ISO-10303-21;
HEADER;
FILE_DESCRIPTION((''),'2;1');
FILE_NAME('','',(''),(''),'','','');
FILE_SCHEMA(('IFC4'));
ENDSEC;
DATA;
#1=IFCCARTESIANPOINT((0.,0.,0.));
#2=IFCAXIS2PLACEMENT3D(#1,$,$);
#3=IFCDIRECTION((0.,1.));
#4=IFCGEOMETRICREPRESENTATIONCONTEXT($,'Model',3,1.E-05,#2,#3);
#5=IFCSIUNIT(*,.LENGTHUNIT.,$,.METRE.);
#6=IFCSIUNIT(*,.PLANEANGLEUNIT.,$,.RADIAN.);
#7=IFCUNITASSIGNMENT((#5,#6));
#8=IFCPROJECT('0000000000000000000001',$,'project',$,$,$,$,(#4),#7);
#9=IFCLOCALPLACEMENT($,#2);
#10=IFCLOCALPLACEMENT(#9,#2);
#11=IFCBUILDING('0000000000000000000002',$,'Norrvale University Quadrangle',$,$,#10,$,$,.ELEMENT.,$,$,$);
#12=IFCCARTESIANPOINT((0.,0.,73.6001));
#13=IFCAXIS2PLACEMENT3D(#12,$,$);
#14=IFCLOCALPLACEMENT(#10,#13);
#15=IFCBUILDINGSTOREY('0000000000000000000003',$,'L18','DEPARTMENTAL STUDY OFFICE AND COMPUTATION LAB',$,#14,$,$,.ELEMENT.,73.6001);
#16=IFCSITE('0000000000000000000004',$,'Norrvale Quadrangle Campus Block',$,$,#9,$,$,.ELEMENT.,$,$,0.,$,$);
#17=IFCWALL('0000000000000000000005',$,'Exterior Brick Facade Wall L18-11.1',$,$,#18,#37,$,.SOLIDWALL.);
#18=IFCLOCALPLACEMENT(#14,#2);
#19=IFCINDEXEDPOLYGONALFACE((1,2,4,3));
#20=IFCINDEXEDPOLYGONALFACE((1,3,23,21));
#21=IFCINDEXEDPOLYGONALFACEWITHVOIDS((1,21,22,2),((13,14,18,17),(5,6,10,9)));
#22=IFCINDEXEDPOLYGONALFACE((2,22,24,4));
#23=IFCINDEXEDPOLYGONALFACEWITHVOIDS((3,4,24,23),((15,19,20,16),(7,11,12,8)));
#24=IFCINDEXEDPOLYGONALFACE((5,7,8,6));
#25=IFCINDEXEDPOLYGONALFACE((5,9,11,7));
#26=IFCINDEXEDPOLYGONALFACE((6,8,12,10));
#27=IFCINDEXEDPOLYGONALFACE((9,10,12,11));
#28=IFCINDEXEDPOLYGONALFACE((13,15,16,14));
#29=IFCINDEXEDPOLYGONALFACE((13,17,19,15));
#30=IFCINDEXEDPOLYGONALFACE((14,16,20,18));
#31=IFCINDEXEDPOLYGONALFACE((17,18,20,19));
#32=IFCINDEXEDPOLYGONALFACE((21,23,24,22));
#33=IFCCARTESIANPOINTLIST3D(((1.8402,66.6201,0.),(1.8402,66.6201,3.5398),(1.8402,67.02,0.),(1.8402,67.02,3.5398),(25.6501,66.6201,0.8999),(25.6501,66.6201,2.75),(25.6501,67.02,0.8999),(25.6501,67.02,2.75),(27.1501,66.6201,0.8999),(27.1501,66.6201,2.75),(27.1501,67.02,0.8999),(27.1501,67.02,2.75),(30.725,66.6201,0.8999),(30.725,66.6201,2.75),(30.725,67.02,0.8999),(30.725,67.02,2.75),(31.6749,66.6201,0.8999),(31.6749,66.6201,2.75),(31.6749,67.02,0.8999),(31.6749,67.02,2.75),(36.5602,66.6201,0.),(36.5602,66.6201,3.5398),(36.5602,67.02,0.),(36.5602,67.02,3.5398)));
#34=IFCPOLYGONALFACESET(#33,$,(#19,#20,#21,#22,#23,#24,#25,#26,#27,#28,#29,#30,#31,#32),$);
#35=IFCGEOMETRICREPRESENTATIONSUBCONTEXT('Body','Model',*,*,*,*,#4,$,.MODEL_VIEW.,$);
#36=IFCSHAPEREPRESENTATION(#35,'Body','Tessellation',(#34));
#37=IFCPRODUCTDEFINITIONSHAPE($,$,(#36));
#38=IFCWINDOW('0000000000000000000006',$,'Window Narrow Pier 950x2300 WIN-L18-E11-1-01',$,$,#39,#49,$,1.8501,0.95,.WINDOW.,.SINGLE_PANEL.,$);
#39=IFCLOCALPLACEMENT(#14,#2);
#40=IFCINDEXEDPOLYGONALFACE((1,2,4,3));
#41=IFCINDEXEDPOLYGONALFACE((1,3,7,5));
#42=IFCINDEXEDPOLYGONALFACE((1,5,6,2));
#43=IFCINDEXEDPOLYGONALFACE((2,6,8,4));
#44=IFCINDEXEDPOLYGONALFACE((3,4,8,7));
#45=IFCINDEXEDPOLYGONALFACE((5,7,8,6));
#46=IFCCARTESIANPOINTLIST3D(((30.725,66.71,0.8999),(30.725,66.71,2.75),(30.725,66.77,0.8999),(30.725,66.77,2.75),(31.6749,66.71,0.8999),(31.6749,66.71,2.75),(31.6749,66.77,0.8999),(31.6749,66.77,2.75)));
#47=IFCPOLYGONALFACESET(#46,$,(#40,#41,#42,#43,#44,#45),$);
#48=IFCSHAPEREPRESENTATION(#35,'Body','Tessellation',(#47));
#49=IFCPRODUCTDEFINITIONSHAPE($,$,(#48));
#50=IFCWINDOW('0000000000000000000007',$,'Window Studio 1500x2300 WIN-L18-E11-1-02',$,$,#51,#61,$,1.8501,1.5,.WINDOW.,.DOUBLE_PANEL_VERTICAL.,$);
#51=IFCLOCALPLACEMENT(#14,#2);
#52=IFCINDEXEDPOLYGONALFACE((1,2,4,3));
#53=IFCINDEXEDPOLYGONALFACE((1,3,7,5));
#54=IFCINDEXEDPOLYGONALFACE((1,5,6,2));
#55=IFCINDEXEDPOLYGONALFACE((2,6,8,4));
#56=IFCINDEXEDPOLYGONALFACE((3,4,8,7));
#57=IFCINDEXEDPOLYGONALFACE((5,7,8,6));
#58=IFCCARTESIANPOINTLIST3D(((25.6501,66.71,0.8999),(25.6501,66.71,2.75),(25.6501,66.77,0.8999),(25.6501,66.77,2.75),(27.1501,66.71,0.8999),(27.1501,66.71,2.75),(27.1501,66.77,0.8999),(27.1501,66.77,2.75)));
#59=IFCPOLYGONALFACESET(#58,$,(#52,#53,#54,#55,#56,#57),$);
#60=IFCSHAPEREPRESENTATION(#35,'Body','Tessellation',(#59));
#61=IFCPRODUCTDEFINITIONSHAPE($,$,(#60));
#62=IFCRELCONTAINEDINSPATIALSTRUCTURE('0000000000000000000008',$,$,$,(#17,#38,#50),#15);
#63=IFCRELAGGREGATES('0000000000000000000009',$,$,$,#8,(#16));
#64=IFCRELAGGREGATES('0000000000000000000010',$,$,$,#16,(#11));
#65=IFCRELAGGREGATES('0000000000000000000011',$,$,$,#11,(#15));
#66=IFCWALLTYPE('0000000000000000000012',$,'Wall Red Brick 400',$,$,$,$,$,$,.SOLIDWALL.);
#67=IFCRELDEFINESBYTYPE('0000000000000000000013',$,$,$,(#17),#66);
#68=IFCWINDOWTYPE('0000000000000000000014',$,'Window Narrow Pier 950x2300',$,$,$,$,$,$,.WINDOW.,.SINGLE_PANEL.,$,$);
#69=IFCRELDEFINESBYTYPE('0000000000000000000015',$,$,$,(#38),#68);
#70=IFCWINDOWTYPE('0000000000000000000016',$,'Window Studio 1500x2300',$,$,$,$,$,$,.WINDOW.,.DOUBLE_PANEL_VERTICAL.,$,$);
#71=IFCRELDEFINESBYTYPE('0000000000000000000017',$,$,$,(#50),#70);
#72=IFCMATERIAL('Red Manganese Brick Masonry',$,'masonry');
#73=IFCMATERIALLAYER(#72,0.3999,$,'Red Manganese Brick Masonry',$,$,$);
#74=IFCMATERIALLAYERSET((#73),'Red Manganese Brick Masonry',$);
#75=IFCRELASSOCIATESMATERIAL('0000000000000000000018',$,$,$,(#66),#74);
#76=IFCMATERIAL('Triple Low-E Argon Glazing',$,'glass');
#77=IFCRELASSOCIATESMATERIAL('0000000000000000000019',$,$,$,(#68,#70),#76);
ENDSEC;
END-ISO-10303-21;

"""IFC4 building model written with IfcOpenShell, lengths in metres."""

from ifc_helpers import new_model, si_unit, direction, frame, frame_2d, origin, place, context, subcontext, project, spatial, rectangle, extrude, material, layer, layer_set, type_object, element, fill, save


model = new_model("IFC4")

# Units and contexts
model_context = context("Model", 3, precision=1e-05, world=origin(), true_north=direction((0.0, 1.0)))
body_context = subcontext(model_context, "Body", "Model", "MODEL_VIEW")
ifc_project = project(units=[si_unit("LENGTHUNIT", "METRE"), si_unit("PLANEANGLEUNIT", "RADIAN")], contexts=[model_context])

# Site, building, storey
site_placement = place(None, origin())
site = spatial("IfcSite", under=ifc_project, at=site_placement, Name="Norrvale Quadrangle Campus Block", CompositionType="ELEMENT", RefElevation=0.0)
building_placement = place(site_placement, origin())
building = spatial("IfcBuilding", under=site, at=building_placement, Name="Norrvale University Quadrangle", CompositionType="ELEMENT")
storey_placement = place(building_placement, frame((0.0, 0.0, 73.6001)))
storey = spatial("IfcBuildingStorey", under=building, at=storey_placement, Name="L18", Description="DEPARTMENTAL STUDY OFFICE AND COMPUTATION LAB", CompositionType="ELEMENT", Elevation=73.6001)

# Shared definitions
ifc_material_1 = material(Name="Red Manganese Brick Masonry", Category="masonry")
ifc_layer = layer(ifc_material_1, 0.3999, Name="Red Manganese Brick Masonry")
ifc_layer_set = layer_set([ifc_layer], Name="Red Manganese Brick Masonry")
wall_type = type_object("IfcWallType", Name="Wall Red Brick 400", PredefinedType="SOLIDWALL", material=ifc_layer_set)

# Wall, openings, windows
wall_1_placement = place(storey_placement, frame((36.5601, 66.8201, 0.0), z_axis=(0.0, 0.0, 1.0), x_axis=(-1.0, 0.0, 0.0)))
wall_1 = element("IfcWall", 1, at=wall_1_placement, inside=storey, type_object=wall_type, Name="Exterior Brick Facade Wall L18-11.1", PredefinedType="SOLIDWALL", context=body_context, shape_type="SweptSolid", body=[
    extrude(rectangle(XDim=34.72, YDim=0.3999, at=frame_2d((17.3599, 0.0))), origin(), (0.0, 0.0, 1.0), 3.5398),
])
opening_1_placement = place(wall_1_placement, frame((4.885, 0.0, 0.8999)))
opening_1 = element("IfcOpeningElement", 2, at=opening_1_placement, cuts=wall_1, PredefinedType="OPENING", context=body_context, shape_type="SweptSolid", body=[
    extrude(rectangle(XDim=0.95, YDim=1.8501, at=frame_2d((0.4751, 0.925))), frame((0.0, 0.2119, 0.0), z_axis=(0.0, -1.0, 0.0), x_axis=(1.0, 0.0, 0.0)), (0.0, 0.0, 1.0), 0.4238),
])
opening_2_placement = place(wall_1_placement, frame((9.4099, 0.0, 0.8999)))
opening_2 = element("IfcOpeningElement", 3, at=opening_2_placement, cuts=wall_1, PredefinedType="OPENING", context=body_context, shape_type="SweptSolid", body=[
    extrude(rectangle(XDim=1.5, YDim=1.8501, at=frame_2d((0.75, 0.925))), frame((0.0, 0.2119, 0.0), z_axis=(0.0, -1.0, 0.0), x_axis=(1.0, 0.0, 0.0)), (0.0, 0.0, 1.0), 0.4238),
])
ifc_material_2 = material(Name="Triple Low-E Argon Glazing", Category="glass")
window_type_1 = type_object("IfcWindowType", Name="Window Narrow Pier 950x2300", PartitioningType="SINGLE_PANEL", PredefinedType="WINDOW", material=ifc_material_2)
window_1_placement = place(opening_1_placement, origin())
window_1 = element("IfcWindow", 4, at=window_1_placement, inside=storey, type_object=window_type_1, Name="Window Narrow Pier 950x2300 WIN-L18-E11-1-01", OverallHeight=1.8501, OverallWidth=0.95, PartitioningType="SINGLE_PANEL", PredefinedType="WINDOW", context=body_context, shape_type="SweptSolid", body=[
    extrude(rectangle(XDim=0.95, YDim=1.8501, at=frame_2d((0.4751, 0.925))), frame((0.0, 0.1101, 0.0), z_axis=(0.0, -1.0, 0.0), x_axis=(1.0, 0.0, 0.0)), (0.0, 0.0, 1.0), 0.0601),
])
fill(opening_1, window_1)
window_type_2 = type_object("IfcWindowType", Name="Window Studio 1500x2300", PartitioningType="DOUBLE_PANEL_VERTICAL", PredefinedType="WINDOW", material=ifc_material_2)
window_2_placement = place(opening_2_placement, origin())
window_2 = element("IfcWindow", 5, at=window_2_placement, inside=storey, type_object=window_type_2, Name="Window Studio 1500x2300 WIN-L18-E11-1-02", OverallHeight=1.8501, OverallWidth=1.5, PartitioningType="DOUBLE_PANEL_VERTICAL", PredefinedType="WINDOW", context=body_context, shape_type="SweptSolid", body=[
    extrude(rectangle(XDim=1.5, YDim=1.8501, at=frame_2d((0.75, 0.925))), frame((0.0, 0.1101, 0.0), z_axis=(0.0, -1.0, 0.0), x_axis=(1.0, 0.0, 0.0)), (0.0, 0.0, 1.0), 0.0601),
])
fill(opening_2, window_2)

save(model, "model.ifc")
